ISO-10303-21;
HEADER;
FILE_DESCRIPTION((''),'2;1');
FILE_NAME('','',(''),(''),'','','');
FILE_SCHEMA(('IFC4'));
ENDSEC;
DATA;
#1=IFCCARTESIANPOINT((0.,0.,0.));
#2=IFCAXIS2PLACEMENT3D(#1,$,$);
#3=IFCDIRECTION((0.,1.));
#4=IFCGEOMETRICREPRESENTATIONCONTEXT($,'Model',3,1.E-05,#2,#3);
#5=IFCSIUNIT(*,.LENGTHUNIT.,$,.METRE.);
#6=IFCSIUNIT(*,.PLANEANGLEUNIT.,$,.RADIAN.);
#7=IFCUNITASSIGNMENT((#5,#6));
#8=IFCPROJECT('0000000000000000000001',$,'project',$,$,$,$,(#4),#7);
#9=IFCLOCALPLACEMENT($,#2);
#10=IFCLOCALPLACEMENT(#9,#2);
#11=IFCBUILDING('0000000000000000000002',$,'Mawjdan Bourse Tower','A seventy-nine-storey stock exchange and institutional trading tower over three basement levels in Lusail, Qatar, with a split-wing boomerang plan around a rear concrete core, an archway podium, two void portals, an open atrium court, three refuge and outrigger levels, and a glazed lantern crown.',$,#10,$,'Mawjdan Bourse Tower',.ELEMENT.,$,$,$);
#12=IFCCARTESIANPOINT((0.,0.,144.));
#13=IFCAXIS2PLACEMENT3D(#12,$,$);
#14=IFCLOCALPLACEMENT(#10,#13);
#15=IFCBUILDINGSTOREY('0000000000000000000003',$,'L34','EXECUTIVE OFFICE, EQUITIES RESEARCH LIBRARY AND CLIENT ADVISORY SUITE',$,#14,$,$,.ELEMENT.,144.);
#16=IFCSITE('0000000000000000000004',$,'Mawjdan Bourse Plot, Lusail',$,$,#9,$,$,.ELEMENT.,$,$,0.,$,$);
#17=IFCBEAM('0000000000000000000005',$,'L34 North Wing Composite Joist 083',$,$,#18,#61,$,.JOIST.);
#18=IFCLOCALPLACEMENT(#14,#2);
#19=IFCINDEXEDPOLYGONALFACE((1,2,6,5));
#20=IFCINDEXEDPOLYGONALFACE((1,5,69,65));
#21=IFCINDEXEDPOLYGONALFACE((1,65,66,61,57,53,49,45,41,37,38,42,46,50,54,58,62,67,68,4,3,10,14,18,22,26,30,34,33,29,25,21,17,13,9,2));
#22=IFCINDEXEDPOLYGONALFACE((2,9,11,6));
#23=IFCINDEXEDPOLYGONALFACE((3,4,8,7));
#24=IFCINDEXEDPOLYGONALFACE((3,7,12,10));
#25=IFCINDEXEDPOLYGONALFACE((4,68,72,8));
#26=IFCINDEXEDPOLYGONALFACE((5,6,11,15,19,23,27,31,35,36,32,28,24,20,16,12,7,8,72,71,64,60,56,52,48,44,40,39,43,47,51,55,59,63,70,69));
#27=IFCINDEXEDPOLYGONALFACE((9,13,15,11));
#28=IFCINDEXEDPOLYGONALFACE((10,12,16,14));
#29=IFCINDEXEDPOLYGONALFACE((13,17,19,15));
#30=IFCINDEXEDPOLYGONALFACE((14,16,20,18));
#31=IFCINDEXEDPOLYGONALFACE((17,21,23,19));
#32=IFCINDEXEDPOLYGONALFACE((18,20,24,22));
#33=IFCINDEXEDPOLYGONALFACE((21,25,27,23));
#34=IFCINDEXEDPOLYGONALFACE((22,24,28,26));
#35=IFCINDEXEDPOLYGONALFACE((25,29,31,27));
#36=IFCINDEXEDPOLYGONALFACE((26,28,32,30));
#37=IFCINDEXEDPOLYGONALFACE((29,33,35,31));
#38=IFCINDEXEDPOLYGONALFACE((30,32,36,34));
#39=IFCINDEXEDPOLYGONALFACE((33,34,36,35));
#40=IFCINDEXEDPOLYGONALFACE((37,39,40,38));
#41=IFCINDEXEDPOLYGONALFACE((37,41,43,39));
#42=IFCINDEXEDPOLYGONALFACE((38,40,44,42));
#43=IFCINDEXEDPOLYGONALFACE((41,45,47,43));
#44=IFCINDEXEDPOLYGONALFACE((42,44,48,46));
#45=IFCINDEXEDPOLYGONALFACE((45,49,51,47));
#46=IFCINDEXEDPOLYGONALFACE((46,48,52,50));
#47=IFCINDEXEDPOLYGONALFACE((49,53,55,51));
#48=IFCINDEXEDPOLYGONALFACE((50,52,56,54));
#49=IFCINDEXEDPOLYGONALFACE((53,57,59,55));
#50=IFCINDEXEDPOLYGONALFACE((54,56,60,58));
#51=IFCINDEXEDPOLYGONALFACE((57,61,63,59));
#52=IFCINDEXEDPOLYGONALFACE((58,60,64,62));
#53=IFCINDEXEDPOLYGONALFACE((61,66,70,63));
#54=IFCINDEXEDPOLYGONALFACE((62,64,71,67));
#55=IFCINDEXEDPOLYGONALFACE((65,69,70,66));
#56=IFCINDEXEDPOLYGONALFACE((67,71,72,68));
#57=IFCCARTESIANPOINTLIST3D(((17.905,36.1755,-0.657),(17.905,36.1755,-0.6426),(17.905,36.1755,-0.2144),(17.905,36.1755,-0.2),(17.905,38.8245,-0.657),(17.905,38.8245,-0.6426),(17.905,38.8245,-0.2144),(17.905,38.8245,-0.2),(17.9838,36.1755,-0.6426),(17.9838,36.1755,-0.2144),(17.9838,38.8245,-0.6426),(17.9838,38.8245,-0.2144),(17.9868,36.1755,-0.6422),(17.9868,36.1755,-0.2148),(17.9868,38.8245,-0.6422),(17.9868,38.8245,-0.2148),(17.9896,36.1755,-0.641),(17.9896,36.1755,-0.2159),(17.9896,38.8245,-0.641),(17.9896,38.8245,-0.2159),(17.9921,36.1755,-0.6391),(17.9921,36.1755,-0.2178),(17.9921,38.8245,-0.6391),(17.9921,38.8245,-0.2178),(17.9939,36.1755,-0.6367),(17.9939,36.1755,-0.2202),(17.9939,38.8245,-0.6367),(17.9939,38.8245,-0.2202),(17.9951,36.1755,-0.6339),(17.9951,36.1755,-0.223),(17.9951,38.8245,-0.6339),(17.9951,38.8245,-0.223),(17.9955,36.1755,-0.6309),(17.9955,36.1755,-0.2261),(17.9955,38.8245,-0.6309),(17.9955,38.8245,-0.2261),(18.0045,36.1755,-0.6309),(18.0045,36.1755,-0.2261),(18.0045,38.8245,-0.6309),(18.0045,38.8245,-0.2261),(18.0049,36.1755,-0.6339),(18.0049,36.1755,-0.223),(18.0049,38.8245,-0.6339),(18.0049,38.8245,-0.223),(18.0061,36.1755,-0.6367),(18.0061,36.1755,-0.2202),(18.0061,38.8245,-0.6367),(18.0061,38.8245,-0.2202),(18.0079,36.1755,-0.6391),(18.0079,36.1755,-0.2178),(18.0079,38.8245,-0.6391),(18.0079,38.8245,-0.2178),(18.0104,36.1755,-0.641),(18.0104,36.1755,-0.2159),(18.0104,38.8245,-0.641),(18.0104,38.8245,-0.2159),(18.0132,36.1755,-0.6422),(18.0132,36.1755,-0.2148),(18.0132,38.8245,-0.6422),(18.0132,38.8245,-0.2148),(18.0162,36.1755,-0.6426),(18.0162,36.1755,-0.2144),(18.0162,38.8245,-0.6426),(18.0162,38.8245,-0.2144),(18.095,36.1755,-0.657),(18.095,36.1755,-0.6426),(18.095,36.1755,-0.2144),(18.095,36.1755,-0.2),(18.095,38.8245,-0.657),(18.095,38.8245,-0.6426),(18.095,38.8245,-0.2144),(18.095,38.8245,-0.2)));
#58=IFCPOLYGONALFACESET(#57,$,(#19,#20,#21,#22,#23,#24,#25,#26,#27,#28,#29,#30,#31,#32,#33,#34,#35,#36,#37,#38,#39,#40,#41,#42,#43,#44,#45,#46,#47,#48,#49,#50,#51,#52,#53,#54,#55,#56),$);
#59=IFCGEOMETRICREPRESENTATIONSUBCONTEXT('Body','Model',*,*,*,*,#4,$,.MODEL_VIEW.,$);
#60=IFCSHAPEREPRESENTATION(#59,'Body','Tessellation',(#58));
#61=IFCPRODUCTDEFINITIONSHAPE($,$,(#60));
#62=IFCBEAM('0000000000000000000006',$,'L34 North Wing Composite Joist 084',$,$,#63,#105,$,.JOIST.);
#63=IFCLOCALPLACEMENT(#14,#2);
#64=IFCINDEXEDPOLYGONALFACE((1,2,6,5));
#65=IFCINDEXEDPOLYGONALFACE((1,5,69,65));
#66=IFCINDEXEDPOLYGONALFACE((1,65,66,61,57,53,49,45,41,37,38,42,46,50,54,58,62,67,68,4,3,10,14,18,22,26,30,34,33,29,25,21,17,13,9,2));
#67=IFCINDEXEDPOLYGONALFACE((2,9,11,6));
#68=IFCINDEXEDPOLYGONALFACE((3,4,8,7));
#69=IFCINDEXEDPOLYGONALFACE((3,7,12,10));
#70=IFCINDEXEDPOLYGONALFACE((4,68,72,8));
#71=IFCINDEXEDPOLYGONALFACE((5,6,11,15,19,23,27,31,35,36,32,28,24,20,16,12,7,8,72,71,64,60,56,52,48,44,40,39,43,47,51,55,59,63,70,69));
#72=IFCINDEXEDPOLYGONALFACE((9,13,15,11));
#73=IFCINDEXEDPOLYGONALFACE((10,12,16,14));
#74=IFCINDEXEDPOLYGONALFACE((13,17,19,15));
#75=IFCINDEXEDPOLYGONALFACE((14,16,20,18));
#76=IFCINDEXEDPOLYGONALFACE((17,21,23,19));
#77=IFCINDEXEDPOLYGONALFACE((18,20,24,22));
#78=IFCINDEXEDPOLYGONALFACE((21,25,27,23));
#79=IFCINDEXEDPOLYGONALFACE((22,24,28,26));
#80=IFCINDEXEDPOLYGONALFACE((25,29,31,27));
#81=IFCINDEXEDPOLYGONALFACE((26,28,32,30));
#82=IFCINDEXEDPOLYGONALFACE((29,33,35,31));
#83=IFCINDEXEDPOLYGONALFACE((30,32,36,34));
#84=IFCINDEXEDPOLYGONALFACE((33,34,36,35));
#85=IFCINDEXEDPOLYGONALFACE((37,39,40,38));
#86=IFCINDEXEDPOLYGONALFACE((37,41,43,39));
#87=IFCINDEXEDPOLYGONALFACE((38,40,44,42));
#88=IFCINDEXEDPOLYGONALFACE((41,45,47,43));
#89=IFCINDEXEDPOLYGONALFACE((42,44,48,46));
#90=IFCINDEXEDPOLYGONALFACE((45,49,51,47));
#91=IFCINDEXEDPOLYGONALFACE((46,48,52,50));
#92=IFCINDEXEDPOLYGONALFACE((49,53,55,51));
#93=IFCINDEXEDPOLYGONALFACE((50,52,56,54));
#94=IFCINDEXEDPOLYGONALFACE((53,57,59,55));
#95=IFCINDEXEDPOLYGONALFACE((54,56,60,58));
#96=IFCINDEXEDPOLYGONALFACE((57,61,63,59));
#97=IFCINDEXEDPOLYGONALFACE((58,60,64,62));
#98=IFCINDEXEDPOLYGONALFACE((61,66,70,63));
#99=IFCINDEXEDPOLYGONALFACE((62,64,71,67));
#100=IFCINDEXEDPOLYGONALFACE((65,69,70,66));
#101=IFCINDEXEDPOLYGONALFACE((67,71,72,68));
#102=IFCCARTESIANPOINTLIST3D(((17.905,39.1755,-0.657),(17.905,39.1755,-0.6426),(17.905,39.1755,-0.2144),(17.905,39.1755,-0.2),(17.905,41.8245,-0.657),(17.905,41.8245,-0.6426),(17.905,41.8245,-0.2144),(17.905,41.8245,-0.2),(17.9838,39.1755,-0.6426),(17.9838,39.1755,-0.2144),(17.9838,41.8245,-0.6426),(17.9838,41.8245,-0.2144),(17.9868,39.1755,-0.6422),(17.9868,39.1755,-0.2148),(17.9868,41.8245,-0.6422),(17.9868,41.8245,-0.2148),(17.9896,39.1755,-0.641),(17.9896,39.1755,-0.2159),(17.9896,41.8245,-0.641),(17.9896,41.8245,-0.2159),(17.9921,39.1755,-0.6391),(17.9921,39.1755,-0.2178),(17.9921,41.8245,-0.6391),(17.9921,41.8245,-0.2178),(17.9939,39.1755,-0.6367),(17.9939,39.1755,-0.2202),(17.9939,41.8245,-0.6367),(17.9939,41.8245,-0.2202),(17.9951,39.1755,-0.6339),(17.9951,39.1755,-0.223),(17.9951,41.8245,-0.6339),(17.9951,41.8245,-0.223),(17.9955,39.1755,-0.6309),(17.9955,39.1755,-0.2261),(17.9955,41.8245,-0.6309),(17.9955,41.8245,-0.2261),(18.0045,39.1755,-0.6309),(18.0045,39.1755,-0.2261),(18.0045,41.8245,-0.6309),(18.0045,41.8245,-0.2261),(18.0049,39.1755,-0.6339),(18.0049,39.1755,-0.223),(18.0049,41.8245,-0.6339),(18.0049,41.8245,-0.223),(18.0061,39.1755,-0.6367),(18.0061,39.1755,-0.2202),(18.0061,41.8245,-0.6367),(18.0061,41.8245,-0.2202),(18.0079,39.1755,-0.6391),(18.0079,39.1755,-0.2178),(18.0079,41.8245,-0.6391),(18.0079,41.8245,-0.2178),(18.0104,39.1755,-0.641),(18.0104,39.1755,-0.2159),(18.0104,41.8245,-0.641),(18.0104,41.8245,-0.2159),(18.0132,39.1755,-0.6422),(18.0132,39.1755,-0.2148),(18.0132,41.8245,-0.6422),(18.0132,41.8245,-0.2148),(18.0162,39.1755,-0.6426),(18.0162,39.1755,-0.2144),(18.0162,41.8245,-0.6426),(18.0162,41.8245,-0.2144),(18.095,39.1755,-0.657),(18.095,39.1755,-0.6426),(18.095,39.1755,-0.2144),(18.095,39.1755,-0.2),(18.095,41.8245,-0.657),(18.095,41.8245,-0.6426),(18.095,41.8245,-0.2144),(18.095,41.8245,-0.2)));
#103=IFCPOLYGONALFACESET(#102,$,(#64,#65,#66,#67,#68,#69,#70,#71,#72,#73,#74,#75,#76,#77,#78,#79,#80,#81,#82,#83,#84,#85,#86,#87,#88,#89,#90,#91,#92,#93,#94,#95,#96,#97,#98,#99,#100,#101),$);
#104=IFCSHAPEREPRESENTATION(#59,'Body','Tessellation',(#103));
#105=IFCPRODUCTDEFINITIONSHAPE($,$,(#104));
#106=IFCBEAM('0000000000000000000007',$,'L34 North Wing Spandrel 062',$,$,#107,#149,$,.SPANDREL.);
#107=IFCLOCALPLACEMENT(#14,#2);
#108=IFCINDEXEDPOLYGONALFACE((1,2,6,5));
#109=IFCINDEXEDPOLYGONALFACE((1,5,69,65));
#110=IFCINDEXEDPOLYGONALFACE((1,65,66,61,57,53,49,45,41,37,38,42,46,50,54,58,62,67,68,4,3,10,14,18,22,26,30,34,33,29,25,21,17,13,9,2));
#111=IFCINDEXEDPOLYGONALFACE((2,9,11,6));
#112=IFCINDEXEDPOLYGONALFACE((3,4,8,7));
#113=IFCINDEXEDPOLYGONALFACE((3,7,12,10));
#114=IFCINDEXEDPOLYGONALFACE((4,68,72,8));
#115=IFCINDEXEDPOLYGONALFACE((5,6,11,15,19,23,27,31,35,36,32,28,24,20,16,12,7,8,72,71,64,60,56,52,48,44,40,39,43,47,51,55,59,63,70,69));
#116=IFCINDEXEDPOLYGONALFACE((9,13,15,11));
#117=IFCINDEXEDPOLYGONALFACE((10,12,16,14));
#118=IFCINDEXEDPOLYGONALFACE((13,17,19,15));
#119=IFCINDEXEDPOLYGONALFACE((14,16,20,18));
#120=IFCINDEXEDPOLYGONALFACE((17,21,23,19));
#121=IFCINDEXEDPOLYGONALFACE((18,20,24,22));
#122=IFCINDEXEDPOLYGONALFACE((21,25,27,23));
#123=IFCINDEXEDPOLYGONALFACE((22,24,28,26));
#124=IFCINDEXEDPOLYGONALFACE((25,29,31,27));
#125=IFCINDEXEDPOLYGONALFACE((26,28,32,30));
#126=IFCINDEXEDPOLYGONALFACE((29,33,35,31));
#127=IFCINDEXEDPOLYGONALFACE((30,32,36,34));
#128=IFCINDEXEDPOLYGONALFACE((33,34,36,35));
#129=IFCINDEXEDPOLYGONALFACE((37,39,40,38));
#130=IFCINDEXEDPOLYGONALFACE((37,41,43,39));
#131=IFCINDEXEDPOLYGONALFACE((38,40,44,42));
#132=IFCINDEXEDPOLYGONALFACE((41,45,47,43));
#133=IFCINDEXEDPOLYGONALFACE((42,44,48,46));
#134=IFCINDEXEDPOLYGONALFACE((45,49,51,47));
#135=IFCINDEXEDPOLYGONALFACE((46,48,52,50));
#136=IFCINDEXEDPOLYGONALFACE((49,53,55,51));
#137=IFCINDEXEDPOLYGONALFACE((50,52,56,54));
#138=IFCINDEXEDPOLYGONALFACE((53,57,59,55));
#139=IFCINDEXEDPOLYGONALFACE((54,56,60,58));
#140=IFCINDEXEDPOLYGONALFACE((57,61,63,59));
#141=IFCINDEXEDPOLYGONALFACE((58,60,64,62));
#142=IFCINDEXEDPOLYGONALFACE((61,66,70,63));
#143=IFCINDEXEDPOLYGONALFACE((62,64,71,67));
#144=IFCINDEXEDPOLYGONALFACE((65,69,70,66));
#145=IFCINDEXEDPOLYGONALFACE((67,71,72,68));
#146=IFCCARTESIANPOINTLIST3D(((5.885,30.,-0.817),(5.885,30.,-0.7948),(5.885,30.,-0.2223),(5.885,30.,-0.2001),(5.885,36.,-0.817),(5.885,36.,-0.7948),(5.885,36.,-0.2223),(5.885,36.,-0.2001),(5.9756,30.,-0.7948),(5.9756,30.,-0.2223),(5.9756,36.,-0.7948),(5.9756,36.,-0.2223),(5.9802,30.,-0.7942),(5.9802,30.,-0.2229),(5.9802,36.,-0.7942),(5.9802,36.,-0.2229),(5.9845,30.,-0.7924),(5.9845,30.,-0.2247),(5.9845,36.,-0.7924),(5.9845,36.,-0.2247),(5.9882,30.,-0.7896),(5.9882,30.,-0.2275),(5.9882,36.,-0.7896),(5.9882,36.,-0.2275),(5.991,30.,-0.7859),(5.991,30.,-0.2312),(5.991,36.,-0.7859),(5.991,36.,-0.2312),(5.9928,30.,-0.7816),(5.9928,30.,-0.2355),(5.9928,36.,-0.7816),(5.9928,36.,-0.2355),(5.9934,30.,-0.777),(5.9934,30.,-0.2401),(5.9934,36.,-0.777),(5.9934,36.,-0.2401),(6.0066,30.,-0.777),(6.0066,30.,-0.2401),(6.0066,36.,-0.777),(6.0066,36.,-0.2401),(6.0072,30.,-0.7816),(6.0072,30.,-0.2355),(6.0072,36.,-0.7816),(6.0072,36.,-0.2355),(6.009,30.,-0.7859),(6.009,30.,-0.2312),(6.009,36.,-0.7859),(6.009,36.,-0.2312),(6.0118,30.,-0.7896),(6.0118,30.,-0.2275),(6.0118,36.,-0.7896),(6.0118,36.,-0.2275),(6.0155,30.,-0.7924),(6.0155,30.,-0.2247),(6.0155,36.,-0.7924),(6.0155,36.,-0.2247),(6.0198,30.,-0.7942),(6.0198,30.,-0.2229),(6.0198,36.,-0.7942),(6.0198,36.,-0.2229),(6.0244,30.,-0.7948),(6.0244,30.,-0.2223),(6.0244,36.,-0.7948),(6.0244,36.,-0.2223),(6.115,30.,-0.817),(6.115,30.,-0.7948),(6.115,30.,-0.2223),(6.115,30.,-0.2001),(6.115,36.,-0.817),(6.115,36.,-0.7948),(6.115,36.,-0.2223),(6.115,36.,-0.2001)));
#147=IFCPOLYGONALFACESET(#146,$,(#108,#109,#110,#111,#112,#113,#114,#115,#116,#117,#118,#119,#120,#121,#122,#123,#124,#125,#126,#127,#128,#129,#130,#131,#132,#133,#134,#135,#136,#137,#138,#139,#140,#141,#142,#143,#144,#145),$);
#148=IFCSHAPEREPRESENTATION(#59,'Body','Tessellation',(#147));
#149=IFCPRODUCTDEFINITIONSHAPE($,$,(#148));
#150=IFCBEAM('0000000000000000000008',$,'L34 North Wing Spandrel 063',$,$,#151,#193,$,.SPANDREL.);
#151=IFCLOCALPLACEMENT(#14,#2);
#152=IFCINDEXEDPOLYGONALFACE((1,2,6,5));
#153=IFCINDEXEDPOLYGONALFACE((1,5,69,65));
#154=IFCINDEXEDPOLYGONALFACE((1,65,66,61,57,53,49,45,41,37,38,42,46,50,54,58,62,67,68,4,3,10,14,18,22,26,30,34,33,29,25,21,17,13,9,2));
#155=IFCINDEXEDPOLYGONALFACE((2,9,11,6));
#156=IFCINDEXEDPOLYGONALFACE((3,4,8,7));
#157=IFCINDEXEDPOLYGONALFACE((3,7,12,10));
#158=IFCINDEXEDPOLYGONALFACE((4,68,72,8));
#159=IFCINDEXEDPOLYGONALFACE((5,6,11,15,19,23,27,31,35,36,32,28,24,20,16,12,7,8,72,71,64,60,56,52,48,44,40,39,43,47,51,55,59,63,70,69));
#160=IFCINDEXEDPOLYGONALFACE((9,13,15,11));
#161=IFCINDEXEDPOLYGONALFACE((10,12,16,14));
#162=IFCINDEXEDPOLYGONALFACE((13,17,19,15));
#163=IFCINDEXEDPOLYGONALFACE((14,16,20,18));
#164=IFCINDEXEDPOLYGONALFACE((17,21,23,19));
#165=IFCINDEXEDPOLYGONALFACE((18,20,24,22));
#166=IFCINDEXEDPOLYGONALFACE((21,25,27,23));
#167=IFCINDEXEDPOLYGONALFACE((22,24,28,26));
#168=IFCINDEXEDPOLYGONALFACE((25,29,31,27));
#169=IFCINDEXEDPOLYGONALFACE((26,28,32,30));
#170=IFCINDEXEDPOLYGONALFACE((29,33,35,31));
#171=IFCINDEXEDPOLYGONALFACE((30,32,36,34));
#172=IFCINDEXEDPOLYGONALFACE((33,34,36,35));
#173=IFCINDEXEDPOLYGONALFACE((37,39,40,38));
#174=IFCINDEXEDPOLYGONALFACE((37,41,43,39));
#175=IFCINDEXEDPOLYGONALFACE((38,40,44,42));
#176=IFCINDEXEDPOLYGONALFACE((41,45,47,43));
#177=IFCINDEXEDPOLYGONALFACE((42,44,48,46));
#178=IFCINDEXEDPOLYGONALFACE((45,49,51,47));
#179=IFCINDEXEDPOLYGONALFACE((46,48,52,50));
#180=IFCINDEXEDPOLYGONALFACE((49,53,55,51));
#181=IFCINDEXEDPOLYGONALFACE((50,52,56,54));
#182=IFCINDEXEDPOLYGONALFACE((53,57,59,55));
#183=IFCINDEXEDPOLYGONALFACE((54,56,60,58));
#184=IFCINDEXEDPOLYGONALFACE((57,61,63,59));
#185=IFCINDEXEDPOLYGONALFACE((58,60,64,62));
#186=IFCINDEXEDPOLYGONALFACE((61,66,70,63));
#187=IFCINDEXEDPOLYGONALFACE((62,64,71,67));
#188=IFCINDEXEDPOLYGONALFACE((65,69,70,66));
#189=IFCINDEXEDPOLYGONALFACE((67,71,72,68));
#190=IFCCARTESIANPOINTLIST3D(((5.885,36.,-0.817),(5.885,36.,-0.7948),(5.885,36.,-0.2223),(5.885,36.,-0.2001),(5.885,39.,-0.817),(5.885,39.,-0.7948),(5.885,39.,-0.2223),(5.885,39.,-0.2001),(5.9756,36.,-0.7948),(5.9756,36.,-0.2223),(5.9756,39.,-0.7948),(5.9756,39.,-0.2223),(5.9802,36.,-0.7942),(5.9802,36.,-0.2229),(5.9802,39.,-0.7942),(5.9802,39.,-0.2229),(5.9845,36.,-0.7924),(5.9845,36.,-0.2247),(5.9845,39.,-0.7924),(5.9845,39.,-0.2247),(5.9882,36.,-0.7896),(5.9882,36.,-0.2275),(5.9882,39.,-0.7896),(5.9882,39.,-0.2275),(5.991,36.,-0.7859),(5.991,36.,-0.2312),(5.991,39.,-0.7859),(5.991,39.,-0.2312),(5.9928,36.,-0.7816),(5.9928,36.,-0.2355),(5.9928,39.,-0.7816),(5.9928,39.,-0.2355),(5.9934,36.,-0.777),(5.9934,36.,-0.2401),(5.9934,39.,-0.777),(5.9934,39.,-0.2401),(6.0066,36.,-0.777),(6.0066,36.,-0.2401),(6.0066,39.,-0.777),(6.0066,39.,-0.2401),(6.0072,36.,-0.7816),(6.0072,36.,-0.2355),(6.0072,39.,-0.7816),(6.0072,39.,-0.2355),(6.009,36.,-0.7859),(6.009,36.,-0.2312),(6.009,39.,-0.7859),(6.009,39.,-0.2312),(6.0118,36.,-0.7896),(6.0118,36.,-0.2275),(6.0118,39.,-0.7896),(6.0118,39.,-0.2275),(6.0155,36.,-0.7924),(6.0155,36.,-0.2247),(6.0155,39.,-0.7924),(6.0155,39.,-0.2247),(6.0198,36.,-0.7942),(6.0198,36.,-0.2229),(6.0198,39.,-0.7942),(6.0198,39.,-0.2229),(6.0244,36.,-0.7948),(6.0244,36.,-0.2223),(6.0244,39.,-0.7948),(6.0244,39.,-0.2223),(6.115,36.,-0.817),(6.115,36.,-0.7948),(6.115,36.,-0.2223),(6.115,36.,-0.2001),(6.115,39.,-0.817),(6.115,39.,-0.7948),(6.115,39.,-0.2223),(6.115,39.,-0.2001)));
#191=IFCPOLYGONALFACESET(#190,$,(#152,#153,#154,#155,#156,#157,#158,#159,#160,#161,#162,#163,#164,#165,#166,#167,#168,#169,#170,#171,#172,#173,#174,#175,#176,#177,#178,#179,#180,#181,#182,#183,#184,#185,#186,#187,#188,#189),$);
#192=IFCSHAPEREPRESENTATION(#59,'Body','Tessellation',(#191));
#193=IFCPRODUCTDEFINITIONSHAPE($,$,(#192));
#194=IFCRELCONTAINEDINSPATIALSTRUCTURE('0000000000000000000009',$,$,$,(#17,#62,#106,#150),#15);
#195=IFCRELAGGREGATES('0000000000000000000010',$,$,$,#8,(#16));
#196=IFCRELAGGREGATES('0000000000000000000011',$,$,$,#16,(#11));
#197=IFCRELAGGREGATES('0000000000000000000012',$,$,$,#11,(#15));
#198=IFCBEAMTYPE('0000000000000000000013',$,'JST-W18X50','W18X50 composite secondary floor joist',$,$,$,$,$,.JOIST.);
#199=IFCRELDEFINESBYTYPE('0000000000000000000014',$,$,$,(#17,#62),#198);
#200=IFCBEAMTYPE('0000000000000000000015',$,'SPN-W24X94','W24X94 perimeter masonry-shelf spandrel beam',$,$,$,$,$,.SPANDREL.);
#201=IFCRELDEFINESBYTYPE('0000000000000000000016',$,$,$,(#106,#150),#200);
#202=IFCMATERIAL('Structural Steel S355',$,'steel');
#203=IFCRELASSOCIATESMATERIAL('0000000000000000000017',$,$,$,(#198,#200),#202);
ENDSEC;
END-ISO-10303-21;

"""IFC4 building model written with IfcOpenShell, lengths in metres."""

from ifc_helpers import new_model, si_unit, direction, frame, origin, origin_2d, place, context, subcontext, project, spatial, i_section, extrude, material, material_profile, profile_set, type_object, element, save


model = new_model("IFC4")

# Units and contexts
model_context = context("Model", 3, precision=1e-05, world=origin(), true_north=direction((0.0, 1.0)))
body_context = subcontext(model_context, "Body", "Model", "MODEL_VIEW")
ifc_project = project(units=[si_unit("LENGTHUNIT", "METRE"), si_unit("PLANEANGLEUNIT", "RADIAN")], contexts=[model_context])

# Site, building, storey
site_placement = place(None, origin())
site = spatial("IfcSite", under=ifc_project, at=site_placement, Name="Mawjdan Bourse Plot, Lusail", CompositionType="ELEMENT", RefElevation=0.0)
building_placement = place(site_placement, origin())
building = spatial("IfcBuilding", under=site, at=building_placement, Name="Mawjdan Bourse Tower", Description="A seventy-nine-storey stock exchange and institutional trading tower over three basement levels in Lusail, Qatar, with a split-wing boomerang plan around a rear concrete core, an archway podium, two void portals, an open atrium court, three refuge and outrigger levels, and a glazed lantern crown.", LongName="Mawjdan Bourse Tower", CompositionType="ELEMENT")
storey_placement = place(building_placement, frame((0.0, 0.0, 144.0)))
storey = spatial("IfcBuildingStorey", under=building, at=storey_placement, Name="L34", Description="EXECUTIVE OFFICE, EQUITIES RESEARCH LIBRARY AND CLIENT ADVISORY SUITE", CompositionType="ELEMENT", Elevation=144.0)

# Beams
ifc_material_1 = material(Name="Structural Steel S355", Category="steel")
ifc_material_profile_1 = material_profile(ifc_material_1, i_section(OverallWidth=0.1899, OverallDepth=0.457, WebThickness=0.009, FlangeThickness=0.0144, FilletRadius=0.0117, at=origin_2d()), Name="W18X50")
ifc_profile_set_1 = profile_set([ifc_material_profile_1], Name="Structural Steel S355")
beam_type_1 = type_object("IfcBeamType", Name="JST-W18X50", Description="W18X50 composite secondary floor joist", PredefinedType="JOIST", material=ifc_profile_set_1)
for number, where, z_axis, x_axis, name in (
    (1, (18.0, 36.1755, -0.4285), (0.0, 1.0, 0.0), (-1.0, 0.0, 0.0), "L34 North Wing Composite Joist 083"),
    (2, (18.0, 39.1755, -0.4285), (0.0, 1.0, 0.0), (-1.0, 0.0, 0.0), "L34 North Wing Composite Joist 084"),
):
    element("IfcBeam", number, at=place(storey_placement, frame(where, z_axis=z_axis, x_axis=x_axis)), inside=storey, type_object=beam_type_1, Name=name, PredefinedType="JOIST", context=body_context, shape_type="SweptSolid", body=[
        extrude(i_section(OverallWidth=0.1899, OverallDepth=0.457, WebThickness=0.009, FlangeThickness=0.0144, FilletRadius=0.0117, at=origin_2d()), origin(), (0.0, 0.0, 1.0), 2.6489),
    ])
ifc_material_profile_2 = material_profile(ifc_material_1, i_section(OverallWidth=0.23, OverallDepth=0.6169, WebThickness=0.0132, FlangeThickness=0.0222, FilletRadius=0.0178, at=origin_2d()), Name="W24X94")
ifc_profile_set_2 = profile_set([ifc_material_profile_2], Name="Structural Steel S355")
beam_type_2 = type_object("IfcBeamType", Name="SPN-W24X94", Description="W24X94 perimeter masonry-shelf spandrel beam", PredefinedType="SPANDREL", material=ifc_profile_set_2)
beam_1_placement = place(storey_placement, frame((6.0, 30.0, -0.5085), z_axis=(0.0, 1.0, 0.0), x_axis=(-1.0, 0.0, 0.0)))
element("IfcBeam", 3, at=beam_1_placement, inside=storey, type_object=beam_type_2, Name="L34 North Wing Spandrel 062", PredefinedType="SPANDREL", context=body_context, shape_type="SweptSolid", body=[
    extrude(i_section(OverallWidth=0.23, OverallDepth=0.6169, WebThickness=0.0132, FlangeThickness=0.0222, FilletRadius=0.0178, at=origin_2d()), origin(), (0.0, 0.0, 1.0), 6.0),
])
for number, where, z_axis, x_axis, name in (
    (4, (6.0, 36.0, -0.5085), (0.0, 1.0, 0.0), (-1.0, 0.0, 0.0), "L34 North Wing Spandrel 063"),
):
    element("IfcBeam", number, at=place(storey_placement, frame(where, z_axis=z_axis, x_axis=x_axis)), inside=storey, type_object=beam_type_2, Name=name, PredefinedType="SPANDREL", context=body_context, shape_type="SweptSolid", body=[
        extrude(i_section(OverallWidth=0.23, OverallDepth=0.6169, WebThickness=0.0132, FlangeThickness=0.0222, FilletRadius=0.0178, at=origin_2d()), origin(), (0.0, 0.0, 1.0), 3.0),
    ])

save(model, "model.ifc")
